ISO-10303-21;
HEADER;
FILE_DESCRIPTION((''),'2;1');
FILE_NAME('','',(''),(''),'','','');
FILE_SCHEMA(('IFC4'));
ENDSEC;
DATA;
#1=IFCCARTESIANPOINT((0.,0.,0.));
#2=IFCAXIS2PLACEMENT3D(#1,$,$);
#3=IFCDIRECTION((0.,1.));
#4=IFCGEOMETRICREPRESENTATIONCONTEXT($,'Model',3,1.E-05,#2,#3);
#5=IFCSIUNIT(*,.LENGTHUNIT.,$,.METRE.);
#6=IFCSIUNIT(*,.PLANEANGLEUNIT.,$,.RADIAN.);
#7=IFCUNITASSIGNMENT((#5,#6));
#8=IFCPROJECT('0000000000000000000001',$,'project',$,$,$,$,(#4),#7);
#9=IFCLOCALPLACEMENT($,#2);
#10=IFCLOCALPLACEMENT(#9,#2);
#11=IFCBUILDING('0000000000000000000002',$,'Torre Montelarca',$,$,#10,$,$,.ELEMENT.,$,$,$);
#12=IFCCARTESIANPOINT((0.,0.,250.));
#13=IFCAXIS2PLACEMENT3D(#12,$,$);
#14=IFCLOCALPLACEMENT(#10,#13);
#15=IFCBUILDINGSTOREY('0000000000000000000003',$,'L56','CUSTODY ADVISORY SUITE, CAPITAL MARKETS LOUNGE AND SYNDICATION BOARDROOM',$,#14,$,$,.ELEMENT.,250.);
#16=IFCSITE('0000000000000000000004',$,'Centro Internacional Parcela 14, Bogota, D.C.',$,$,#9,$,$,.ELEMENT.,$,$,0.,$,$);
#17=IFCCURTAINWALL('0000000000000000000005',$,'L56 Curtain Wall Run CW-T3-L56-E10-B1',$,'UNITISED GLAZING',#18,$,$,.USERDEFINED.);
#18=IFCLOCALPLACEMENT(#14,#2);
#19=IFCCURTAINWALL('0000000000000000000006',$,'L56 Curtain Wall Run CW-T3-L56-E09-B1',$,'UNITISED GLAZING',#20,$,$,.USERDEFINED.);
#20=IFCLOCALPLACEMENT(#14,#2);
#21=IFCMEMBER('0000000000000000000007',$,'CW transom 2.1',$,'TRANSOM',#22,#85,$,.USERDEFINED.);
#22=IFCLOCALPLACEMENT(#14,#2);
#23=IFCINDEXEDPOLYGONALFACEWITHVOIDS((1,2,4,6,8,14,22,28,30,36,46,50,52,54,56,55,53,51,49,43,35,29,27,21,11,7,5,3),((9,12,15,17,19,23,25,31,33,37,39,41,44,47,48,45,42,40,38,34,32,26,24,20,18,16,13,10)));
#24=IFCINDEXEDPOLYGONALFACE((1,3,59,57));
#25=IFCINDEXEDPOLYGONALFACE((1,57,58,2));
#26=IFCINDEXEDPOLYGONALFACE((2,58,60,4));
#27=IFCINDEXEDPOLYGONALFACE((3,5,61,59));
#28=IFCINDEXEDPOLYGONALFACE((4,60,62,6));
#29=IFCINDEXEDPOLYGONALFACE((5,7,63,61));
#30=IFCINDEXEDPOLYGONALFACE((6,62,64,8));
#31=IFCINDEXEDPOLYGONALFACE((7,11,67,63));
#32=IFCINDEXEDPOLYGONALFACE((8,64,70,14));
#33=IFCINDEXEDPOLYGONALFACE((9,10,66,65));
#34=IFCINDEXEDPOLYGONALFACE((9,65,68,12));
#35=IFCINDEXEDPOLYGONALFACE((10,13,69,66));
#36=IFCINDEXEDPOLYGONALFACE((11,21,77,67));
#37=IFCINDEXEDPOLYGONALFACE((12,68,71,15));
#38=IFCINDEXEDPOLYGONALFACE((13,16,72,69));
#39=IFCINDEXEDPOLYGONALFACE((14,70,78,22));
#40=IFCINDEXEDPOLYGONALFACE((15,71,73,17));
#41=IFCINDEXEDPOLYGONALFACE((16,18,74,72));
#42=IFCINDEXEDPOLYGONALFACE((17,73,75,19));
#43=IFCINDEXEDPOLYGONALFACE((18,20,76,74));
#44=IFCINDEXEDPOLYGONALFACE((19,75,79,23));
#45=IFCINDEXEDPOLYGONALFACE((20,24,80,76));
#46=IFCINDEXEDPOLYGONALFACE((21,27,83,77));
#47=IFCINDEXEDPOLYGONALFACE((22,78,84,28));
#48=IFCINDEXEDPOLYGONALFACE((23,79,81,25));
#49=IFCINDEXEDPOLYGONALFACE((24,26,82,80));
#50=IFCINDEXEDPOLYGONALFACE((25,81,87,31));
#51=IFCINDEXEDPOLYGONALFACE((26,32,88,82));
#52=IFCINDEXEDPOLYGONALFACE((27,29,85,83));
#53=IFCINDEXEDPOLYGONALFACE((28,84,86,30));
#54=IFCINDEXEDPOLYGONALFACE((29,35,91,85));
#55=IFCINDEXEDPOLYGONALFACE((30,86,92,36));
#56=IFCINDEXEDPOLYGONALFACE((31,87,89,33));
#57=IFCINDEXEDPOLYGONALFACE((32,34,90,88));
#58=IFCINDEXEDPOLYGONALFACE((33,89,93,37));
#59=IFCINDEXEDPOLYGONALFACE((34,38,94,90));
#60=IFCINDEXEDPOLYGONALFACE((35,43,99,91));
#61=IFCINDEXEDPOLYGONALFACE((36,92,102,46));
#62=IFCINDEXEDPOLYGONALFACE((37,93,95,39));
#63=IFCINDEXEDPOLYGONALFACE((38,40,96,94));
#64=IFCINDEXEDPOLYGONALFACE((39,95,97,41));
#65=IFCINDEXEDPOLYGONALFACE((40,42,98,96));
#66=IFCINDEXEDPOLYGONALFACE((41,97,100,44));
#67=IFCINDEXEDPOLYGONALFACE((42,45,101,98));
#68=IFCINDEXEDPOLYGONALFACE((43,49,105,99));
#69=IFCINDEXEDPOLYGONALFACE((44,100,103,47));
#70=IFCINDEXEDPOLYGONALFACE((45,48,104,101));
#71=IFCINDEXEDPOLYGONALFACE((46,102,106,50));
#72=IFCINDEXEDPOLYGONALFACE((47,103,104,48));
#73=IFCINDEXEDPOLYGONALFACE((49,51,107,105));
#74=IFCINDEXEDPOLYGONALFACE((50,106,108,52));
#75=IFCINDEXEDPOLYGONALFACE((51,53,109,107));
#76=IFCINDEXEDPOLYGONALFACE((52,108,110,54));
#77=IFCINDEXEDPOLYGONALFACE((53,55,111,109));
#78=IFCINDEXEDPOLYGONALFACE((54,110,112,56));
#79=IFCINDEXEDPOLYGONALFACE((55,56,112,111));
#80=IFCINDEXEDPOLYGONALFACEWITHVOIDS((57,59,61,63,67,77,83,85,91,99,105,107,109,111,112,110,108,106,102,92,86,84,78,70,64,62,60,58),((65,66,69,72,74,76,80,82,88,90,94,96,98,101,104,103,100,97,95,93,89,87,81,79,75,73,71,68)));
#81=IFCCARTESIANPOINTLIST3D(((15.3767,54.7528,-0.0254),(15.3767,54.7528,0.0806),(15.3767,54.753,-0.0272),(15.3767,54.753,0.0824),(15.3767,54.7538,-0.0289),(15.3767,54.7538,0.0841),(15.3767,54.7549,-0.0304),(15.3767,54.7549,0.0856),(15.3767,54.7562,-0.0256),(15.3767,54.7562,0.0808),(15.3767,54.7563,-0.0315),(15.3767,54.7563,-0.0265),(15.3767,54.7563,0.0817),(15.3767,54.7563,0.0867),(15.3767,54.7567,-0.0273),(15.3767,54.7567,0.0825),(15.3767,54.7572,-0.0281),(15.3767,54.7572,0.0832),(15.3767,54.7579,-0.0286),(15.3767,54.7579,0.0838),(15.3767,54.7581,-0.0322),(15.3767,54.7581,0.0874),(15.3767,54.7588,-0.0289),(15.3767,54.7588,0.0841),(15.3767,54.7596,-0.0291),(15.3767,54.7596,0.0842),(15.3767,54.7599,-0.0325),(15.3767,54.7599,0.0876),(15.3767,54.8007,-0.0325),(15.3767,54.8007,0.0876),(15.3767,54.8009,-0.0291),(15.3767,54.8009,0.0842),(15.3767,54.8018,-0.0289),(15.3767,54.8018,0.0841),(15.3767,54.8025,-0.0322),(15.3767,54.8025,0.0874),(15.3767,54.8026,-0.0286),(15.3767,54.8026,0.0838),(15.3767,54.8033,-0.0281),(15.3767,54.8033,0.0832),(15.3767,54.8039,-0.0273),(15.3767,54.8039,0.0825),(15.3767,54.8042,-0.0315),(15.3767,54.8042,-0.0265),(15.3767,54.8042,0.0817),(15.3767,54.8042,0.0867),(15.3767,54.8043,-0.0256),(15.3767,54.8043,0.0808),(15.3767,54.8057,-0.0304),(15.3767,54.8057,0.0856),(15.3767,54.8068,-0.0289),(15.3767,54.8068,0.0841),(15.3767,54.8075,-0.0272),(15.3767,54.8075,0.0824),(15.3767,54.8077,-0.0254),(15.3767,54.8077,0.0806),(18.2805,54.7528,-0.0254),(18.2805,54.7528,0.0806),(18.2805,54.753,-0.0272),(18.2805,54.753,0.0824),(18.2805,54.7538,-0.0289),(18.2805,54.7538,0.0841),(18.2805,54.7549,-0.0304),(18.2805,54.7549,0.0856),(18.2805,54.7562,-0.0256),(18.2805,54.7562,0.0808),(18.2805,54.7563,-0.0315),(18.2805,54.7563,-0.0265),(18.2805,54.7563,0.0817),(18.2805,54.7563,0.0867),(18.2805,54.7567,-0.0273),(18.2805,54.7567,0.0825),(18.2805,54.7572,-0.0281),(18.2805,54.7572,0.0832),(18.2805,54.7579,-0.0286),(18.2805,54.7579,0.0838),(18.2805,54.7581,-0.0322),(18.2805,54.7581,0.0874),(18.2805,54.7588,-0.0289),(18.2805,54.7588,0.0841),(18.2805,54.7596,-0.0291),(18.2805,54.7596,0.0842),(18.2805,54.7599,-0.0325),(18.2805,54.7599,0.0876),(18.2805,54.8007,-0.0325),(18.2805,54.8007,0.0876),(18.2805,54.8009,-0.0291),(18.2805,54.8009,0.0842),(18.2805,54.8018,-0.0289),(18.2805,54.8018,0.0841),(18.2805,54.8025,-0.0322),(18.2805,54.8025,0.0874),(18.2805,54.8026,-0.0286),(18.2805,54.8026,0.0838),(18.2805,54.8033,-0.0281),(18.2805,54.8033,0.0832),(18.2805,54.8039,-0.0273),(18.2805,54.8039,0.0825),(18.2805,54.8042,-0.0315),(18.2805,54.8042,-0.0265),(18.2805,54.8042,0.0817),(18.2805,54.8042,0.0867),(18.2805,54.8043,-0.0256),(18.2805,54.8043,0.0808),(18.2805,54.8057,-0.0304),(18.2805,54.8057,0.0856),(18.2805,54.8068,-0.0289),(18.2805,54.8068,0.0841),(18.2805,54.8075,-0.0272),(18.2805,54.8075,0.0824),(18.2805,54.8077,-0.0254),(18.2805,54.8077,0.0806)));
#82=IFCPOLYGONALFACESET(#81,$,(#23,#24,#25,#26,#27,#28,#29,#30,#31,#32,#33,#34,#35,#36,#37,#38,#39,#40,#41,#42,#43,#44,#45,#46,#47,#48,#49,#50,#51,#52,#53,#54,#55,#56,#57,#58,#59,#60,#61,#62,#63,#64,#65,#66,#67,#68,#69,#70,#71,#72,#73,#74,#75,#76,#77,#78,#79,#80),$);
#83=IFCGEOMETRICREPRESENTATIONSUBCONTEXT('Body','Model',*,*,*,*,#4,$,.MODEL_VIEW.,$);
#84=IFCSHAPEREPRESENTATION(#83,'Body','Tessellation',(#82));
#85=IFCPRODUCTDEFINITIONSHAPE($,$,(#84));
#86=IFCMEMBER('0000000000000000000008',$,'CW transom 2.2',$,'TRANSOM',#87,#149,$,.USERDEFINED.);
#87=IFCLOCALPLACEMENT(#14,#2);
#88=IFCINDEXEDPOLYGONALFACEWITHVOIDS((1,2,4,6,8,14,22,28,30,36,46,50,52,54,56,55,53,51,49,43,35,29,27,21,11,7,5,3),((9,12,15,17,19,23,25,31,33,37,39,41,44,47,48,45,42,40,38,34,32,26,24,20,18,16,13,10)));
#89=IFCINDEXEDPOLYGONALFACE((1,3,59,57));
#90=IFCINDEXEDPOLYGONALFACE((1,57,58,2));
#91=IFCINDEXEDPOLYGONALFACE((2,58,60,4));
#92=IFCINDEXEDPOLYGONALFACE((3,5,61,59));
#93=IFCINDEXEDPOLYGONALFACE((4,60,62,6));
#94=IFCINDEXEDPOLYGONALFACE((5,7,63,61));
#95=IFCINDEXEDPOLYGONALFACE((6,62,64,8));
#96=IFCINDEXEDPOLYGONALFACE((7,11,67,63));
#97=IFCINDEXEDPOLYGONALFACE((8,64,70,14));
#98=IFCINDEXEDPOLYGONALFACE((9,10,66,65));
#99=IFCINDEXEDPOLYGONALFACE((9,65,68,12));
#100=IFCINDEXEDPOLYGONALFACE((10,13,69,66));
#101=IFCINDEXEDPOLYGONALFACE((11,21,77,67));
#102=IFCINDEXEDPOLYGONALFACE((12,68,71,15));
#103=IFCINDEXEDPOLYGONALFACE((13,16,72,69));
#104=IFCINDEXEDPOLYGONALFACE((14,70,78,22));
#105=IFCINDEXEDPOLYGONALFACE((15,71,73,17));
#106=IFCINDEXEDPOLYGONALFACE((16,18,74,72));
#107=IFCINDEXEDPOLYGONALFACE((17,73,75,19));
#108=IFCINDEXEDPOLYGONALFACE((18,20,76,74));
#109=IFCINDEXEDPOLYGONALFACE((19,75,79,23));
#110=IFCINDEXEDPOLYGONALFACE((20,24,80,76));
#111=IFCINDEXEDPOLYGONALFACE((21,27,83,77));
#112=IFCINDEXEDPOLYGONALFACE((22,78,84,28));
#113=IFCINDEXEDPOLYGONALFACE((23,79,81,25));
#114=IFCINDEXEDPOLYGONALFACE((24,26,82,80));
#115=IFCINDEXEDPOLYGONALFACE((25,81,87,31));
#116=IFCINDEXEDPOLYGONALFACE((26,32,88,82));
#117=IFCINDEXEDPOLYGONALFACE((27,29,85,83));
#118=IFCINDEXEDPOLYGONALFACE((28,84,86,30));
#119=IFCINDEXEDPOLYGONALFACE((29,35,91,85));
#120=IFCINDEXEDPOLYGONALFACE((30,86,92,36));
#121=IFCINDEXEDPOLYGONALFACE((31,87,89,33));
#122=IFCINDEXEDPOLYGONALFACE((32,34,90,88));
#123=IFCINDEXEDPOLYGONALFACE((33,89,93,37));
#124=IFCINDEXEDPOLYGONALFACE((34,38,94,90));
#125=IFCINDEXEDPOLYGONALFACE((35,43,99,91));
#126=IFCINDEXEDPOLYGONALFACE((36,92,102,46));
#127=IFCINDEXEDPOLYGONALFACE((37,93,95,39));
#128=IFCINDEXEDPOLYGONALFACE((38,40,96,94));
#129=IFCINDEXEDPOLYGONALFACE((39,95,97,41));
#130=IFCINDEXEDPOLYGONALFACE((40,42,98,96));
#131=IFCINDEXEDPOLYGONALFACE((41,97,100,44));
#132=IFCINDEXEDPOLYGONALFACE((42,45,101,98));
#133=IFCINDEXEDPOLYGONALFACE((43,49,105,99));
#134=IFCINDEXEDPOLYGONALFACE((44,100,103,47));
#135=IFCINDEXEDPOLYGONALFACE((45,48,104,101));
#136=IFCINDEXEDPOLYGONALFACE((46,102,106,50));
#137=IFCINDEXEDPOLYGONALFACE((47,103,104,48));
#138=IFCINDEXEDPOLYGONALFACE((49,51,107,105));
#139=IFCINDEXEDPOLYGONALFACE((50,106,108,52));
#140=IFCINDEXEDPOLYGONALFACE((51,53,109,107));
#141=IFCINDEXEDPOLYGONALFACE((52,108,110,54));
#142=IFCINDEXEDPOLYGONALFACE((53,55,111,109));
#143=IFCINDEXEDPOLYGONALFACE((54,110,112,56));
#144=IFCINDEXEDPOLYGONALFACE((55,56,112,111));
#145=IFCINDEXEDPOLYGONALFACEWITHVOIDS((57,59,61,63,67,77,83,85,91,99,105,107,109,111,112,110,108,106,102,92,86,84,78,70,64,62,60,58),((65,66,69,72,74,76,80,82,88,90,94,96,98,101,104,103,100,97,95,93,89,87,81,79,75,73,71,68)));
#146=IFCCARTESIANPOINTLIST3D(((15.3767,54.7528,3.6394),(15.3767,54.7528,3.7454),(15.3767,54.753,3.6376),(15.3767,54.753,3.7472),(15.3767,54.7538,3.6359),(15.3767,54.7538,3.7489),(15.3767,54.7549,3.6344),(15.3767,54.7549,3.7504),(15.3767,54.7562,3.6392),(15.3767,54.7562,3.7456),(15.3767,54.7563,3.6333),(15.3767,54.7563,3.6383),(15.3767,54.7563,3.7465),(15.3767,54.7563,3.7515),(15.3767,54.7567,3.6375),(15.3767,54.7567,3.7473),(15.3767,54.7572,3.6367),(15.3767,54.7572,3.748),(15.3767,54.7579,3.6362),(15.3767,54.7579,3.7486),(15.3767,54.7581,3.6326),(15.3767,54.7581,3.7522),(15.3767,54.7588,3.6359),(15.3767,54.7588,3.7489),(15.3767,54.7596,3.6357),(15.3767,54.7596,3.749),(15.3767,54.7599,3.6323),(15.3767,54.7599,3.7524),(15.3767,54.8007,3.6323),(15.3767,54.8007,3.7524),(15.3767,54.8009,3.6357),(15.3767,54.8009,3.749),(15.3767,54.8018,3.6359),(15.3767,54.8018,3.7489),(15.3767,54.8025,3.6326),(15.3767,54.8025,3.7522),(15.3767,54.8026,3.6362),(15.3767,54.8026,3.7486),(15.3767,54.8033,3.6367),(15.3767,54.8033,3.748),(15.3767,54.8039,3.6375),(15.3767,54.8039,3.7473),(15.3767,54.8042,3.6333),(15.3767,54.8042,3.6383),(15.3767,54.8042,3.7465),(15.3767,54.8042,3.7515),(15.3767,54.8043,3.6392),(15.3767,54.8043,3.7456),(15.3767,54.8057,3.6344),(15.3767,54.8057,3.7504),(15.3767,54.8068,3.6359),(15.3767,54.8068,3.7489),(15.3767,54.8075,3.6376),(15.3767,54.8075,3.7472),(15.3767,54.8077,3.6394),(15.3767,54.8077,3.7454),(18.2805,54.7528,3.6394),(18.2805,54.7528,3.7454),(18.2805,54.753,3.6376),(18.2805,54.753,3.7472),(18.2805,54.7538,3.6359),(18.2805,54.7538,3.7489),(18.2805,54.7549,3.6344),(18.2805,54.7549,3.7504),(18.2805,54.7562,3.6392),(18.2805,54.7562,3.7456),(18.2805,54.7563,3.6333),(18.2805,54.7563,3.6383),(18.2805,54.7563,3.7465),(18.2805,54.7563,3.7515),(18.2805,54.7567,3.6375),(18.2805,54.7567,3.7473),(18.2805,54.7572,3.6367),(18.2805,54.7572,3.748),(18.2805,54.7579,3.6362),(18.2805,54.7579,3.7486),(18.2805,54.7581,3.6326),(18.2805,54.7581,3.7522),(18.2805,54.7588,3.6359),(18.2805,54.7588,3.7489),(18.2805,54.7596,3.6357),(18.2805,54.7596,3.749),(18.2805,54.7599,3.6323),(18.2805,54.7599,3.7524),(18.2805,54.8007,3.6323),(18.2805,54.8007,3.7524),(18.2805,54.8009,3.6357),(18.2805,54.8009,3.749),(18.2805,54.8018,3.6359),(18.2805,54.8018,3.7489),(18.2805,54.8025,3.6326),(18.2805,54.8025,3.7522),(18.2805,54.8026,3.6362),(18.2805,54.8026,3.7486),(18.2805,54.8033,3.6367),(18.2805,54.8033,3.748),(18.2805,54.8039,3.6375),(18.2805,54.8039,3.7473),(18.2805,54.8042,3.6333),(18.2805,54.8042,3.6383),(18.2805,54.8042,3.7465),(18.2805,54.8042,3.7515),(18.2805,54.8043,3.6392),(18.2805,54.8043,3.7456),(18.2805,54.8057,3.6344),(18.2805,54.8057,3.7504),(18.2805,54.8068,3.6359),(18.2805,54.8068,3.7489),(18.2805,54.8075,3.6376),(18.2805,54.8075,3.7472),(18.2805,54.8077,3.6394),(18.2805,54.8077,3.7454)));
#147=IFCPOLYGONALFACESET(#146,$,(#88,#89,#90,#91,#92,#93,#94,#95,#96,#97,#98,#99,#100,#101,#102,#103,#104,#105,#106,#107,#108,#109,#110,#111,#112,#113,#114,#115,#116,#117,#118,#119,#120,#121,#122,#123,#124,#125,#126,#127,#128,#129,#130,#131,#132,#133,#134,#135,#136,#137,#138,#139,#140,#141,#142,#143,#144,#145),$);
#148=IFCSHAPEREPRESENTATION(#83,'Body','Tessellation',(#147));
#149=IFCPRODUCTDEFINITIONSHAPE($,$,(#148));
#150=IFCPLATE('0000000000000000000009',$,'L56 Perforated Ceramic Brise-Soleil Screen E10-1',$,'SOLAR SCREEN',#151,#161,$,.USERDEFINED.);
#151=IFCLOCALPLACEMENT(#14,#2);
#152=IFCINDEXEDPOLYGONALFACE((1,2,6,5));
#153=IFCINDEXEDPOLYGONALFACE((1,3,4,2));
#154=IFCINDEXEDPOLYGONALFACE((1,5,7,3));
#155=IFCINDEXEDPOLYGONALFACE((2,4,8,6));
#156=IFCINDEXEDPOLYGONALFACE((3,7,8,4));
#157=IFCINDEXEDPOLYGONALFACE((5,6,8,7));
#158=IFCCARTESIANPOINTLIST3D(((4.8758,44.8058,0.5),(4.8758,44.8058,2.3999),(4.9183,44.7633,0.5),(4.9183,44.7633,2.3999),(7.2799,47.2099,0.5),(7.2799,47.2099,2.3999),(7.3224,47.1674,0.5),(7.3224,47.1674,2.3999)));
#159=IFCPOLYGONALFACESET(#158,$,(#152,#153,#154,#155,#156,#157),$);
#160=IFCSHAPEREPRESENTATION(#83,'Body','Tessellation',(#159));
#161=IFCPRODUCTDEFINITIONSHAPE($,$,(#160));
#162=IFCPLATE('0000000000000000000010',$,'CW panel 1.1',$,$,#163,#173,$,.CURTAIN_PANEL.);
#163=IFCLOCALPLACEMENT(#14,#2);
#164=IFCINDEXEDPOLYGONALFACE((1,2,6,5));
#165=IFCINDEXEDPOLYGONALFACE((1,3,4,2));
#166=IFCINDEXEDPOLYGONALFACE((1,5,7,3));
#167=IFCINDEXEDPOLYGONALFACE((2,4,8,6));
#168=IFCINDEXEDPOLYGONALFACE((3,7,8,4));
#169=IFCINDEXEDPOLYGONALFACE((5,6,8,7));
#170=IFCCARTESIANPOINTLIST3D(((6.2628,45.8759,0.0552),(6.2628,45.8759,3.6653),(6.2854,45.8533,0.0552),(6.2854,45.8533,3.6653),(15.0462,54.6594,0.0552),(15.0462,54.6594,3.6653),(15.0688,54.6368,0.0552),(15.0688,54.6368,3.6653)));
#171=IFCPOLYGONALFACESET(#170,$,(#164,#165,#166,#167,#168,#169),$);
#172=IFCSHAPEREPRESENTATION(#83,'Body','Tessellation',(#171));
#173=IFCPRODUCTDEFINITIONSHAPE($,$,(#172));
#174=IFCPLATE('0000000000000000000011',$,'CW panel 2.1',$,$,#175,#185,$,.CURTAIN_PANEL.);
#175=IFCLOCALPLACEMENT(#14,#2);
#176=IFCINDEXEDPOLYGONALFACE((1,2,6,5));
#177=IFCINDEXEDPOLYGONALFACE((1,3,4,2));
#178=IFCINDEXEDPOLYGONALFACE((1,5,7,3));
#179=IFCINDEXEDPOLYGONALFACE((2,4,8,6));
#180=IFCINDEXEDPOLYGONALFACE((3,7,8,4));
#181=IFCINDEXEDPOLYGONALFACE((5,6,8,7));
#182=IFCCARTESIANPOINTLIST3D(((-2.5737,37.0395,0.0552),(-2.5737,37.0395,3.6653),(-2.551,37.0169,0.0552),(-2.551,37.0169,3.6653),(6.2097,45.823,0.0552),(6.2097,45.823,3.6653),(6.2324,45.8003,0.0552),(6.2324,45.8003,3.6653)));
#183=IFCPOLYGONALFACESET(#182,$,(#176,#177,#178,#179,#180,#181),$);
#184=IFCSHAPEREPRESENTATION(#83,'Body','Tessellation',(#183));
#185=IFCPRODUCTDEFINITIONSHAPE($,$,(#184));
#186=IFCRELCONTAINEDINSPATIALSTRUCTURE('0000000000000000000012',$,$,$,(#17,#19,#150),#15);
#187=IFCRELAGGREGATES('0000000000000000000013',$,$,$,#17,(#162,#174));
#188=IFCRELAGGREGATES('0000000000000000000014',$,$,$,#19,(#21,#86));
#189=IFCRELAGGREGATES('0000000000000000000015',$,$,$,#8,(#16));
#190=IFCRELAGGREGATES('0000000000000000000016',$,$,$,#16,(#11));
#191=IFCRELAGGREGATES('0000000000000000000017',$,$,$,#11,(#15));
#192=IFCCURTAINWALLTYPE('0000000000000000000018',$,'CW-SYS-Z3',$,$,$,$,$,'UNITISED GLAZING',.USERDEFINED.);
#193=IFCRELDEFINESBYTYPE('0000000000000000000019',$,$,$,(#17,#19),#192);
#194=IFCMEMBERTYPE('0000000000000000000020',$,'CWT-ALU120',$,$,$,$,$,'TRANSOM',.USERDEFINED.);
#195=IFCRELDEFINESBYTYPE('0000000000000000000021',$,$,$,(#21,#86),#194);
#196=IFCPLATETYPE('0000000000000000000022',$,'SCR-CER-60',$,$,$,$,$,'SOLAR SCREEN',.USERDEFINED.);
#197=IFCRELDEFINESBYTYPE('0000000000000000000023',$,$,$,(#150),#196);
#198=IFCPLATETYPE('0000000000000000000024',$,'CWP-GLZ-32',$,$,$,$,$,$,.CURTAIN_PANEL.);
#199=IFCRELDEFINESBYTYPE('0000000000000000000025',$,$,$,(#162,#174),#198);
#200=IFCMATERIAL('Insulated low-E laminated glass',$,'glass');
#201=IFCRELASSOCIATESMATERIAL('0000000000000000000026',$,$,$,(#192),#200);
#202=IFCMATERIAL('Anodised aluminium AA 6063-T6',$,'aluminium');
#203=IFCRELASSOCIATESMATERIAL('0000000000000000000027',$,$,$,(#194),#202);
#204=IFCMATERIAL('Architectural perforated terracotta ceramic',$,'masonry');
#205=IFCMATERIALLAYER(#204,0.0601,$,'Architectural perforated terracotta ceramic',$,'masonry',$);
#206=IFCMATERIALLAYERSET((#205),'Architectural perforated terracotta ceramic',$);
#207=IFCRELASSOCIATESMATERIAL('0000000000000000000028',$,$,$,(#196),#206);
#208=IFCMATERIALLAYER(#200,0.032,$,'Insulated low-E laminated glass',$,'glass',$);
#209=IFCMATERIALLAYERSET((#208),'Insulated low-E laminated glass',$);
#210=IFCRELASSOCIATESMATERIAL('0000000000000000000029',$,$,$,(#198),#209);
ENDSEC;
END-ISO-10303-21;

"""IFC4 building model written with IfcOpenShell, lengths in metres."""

from ifc_helpers import new_model, si_unit, direction, frame, origin, origin_2d, place, context, subcontext, project, spatial, rectangle, hollow_rectangle, extrude, source, transform, mapped, material, layer, layer_set, material_profile, profile_set, type_object, element, aggregate, save


model = new_model("IFC4")

# Units and contexts
model_context = context("Model", 3, precision=1e-05, world=origin(), true_north=direction((0.0, 1.0)))
body_context = subcontext(model_context, "Body", "Model", "MODEL_VIEW")
ifc_project = project(units=[si_unit("LENGTHUNIT", "METRE"), si_unit("PLANEANGLEUNIT", "RADIAN")], contexts=[model_context])

# Site, building, storey
site_placement = place(None, origin())
site = spatial("IfcSite", under=ifc_project, at=site_placement, Name="Centro Internacional Parcela 14, Bogota, D.C.", CompositionType="ELEMENT", RefElevation=0.0)
building_placement = place(site_placement, origin())
building = spatial("IfcBuilding", under=site, at=building_placement, Name="Torre Montelarca", CompositionType="ELEMENT")
storey_placement = place(building_placement, frame((0.0, 0.0, 250.0)))
storey = spatial("IfcBuildingStorey", under=building, at=storey_placement, Name="L56", Description="CUSTODY ADVISORY SUITE, CAPITAL MARKETS LOUNGE AND SYNDICATION BOARDROOM", CompositionType="ELEMENT", Elevation=250.0)

# Curtain walls
ifc_material_1 = material(Name="Insulated low-E laminated glass", Category="glass")
curtain_wall_type = type_object("IfcCurtainWallType", Name="CW-SYS-Z3", ElementType="UNITISED GLAZING", PredefinedType="USERDEFINED", material=ifc_material_1)
curtain_wall_1_placement = place(storey_placement, origin())
curtain_wall_1 = element("IfcCurtainWall", 1, at=curtain_wall_1_placement, inside=storey, type_object=curtain_wall_type, Name="L56 Curtain Wall Run CW-T3-L56-E10-B1", ObjectType="UNITISED GLAZING", PredefinedType="USERDEFINED")
ifc_material_2 = material(Name="Anodised aluminium AA 6063-T6", Category="aluminium")
ifc_material_profile_1 = material_profile(ifc_material_2, hollow_rectangle(XDim=0.0549, YDim=0.1201, WallThickness=0.0034, InnerFilletRadius=0.0034, OuterFilletRadius=0.0071, at=origin_2d()), Name="ALU55X120X3.5", Category="aluminium")
ifc_profile_set_1 = profile_set([ifc_material_profile_1], Name="Anodised aluminium AA 6063-T6")
member_type_1 = type_object("IfcMemberType", Name="CWT-ALU120", ElementType="TRANSOM", PredefinedType="USERDEFINED", material=ifc_profile_set_1)
curtain_wall_2_placement = place(storey_placement, origin())
curtain_wall_2 = element("IfcCurtainWall", 2, at=curtain_wall_2_placement, inside=storey, type_object=curtain_wall_type, Name="L56 Curtain Wall Run CW-T3-L56-E09-B1", ObjectType="UNITISED GLAZING", PredefinedType="USERDEFINED")

# Members
shared_shape_1 = source(origin(), body_context, "Body", "SweptSolid", [
    extrude(hollow_rectangle(XDim=0.0549, YDim=0.1201, WallThickness=0.0034, InnerFilletRadius=0.0034, OuterFilletRadius=0.0071, at=origin_2d()), origin(), (0.0, 0.0, 1.0), 2.9038),
])
member_1_placement = place(storey_placement, frame((18.2805, 54.7803, 0.0276), z_axis=(-1.0, 0.0, 0.0), x_axis=(0.0, -1.0, 0.0)))
member_1 = element("IfcMember", 3, at=member_1_placement, type_object=member_type_1, Name="CW transom 2.1", ObjectType="TRANSOM", PredefinedType="USERDEFINED", context=body_context, shape_type="MappedRepresentation", body=[
    mapped(shared_shape_1, transform((0.0, 0.0, 0.0), scale=1.0)),
])
member_2_placement = place(storey_placement, frame((18.2805, 54.7803, 3.6924), z_axis=(-1.0, 0.0, 0.0), x_axis=(0.0, -1.0, 0.0)))
member_2 = element("IfcMember", 4, at=member_2_placement, type_object=member_type_1, Name="CW transom 2.2", ObjectType="TRANSOM", PredefinedType="USERDEFINED", context=body_context, shape_type="MappedRepresentation", body=[
    mapped(shared_shape_1, transform((0.0, 0.0, 0.0), scale=1.0)),
])

# Plates
ifc_material_3 = material(Name="Architectural perforated terracotta ceramic", Category="masonry")
ifc_layer_1 = layer(ifc_material_3, 0.0601, Name="Architectural perforated terracotta ceramic", Category="masonry")
ifc_layer_set_1 = layer_set([ifc_layer_1], Name="Architectural perforated terracotta ceramic")
plate_type_1 = type_object("IfcPlateType", Name="SCR-CER-60", ElementType="SOLAR SCREEN", PredefinedType="USERDEFINED", material=ifc_layer_set_1)
shared_shape_2 = source(origin(), body_context, "Body", "SweptSolid", [
    extrude(rectangle(XDim=3.3999, YDim=0.0601, at=origin_2d()), origin(), (0.0, 0.0, 1.0), 1.8999),
])
plate_1_placement = place(storey_placement, frame((6.0991, 45.9866, 0.5), z_axis=(0.0, 0.0, 1.0), x_axis=(-0.707104, -0.707109, 0.0)))
element("IfcPlate", 5, at=plate_1_placement, inside=storey, type_object=plate_type_1, Name="L56 Perforated Ceramic Brise-Soleil Screen E10-1", ObjectType="SOLAR SCREEN", PredefinedType="USERDEFINED", context=body_context, shape_type="MappedRepresentation", body=[
    mapped(shared_shape_2, transform((0.0, 0.0, 0.0), scale=1.0)),
])
ifc_layer_2 = layer(ifc_material_1, 0.032, Name="Insulated low-E laminated glass", Category="glass")
ifc_layer_set_2 = layer_set([ifc_layer_2], Name="Insulated low-E laminated glass")
plate_type_2 = type_object("IfcPlateType", Name="CWP-GLZ-32", PredefinedType="CURTAIN_PANEL", material=ifc_layer_set_2)
shared_shape_3 = source(origin(), body_context, "Body", "SweptSolid", [
    extrude(rectangle(XDim=12.4216, YDim=0.032, at=origin_2d()), origin(), (0.0, 0.0, 1.0), 3.6101),
])
plate_2_placement = place(storey_placement, frame((10.6658, 50.2563, 0.0552), z_axis=(0.0, 0.0, 1.0), x_axis=(-0.707105, -0.707109, 0.0)))
plate_2 = element("IfcPlate", 6, at=plate_2_placement, type_object=plate_type_2, Name="CW panel 1.1", PredefinedType="CURTAIN_PANEL", context=body_context, shape_type="MappedRepresentation", body=[
    mapped(shared_shape_3, transform((0.0, 0.0, 0.0), scale=1.0)),
])
plate_3_placement = place(storey_placement, frame((1.8293, 41.4199, 0.0552), z_axis=(0.0, 0.0, 1.0), x_axis=(-0.707105, -0.707109, 0.0)))
plate_3 = element("IfcPlate", 7, at=plate_3_placement, type_object=plate_type_2, Name="CW panel 2.1", PredefinedType="CURTAIN_PANEL", context=body_context, shape_type="MappedRepresentation", body=[
    mapped(shared_shape_3, transform((0.0, 0.0, 0.0), scale=1.0)),
])
aggregate(curtain_wall_1, [plate_2, plate_3])
aggregate(curtain_wall_2, [member_1, member_2])

save(model, "model.ifc")
